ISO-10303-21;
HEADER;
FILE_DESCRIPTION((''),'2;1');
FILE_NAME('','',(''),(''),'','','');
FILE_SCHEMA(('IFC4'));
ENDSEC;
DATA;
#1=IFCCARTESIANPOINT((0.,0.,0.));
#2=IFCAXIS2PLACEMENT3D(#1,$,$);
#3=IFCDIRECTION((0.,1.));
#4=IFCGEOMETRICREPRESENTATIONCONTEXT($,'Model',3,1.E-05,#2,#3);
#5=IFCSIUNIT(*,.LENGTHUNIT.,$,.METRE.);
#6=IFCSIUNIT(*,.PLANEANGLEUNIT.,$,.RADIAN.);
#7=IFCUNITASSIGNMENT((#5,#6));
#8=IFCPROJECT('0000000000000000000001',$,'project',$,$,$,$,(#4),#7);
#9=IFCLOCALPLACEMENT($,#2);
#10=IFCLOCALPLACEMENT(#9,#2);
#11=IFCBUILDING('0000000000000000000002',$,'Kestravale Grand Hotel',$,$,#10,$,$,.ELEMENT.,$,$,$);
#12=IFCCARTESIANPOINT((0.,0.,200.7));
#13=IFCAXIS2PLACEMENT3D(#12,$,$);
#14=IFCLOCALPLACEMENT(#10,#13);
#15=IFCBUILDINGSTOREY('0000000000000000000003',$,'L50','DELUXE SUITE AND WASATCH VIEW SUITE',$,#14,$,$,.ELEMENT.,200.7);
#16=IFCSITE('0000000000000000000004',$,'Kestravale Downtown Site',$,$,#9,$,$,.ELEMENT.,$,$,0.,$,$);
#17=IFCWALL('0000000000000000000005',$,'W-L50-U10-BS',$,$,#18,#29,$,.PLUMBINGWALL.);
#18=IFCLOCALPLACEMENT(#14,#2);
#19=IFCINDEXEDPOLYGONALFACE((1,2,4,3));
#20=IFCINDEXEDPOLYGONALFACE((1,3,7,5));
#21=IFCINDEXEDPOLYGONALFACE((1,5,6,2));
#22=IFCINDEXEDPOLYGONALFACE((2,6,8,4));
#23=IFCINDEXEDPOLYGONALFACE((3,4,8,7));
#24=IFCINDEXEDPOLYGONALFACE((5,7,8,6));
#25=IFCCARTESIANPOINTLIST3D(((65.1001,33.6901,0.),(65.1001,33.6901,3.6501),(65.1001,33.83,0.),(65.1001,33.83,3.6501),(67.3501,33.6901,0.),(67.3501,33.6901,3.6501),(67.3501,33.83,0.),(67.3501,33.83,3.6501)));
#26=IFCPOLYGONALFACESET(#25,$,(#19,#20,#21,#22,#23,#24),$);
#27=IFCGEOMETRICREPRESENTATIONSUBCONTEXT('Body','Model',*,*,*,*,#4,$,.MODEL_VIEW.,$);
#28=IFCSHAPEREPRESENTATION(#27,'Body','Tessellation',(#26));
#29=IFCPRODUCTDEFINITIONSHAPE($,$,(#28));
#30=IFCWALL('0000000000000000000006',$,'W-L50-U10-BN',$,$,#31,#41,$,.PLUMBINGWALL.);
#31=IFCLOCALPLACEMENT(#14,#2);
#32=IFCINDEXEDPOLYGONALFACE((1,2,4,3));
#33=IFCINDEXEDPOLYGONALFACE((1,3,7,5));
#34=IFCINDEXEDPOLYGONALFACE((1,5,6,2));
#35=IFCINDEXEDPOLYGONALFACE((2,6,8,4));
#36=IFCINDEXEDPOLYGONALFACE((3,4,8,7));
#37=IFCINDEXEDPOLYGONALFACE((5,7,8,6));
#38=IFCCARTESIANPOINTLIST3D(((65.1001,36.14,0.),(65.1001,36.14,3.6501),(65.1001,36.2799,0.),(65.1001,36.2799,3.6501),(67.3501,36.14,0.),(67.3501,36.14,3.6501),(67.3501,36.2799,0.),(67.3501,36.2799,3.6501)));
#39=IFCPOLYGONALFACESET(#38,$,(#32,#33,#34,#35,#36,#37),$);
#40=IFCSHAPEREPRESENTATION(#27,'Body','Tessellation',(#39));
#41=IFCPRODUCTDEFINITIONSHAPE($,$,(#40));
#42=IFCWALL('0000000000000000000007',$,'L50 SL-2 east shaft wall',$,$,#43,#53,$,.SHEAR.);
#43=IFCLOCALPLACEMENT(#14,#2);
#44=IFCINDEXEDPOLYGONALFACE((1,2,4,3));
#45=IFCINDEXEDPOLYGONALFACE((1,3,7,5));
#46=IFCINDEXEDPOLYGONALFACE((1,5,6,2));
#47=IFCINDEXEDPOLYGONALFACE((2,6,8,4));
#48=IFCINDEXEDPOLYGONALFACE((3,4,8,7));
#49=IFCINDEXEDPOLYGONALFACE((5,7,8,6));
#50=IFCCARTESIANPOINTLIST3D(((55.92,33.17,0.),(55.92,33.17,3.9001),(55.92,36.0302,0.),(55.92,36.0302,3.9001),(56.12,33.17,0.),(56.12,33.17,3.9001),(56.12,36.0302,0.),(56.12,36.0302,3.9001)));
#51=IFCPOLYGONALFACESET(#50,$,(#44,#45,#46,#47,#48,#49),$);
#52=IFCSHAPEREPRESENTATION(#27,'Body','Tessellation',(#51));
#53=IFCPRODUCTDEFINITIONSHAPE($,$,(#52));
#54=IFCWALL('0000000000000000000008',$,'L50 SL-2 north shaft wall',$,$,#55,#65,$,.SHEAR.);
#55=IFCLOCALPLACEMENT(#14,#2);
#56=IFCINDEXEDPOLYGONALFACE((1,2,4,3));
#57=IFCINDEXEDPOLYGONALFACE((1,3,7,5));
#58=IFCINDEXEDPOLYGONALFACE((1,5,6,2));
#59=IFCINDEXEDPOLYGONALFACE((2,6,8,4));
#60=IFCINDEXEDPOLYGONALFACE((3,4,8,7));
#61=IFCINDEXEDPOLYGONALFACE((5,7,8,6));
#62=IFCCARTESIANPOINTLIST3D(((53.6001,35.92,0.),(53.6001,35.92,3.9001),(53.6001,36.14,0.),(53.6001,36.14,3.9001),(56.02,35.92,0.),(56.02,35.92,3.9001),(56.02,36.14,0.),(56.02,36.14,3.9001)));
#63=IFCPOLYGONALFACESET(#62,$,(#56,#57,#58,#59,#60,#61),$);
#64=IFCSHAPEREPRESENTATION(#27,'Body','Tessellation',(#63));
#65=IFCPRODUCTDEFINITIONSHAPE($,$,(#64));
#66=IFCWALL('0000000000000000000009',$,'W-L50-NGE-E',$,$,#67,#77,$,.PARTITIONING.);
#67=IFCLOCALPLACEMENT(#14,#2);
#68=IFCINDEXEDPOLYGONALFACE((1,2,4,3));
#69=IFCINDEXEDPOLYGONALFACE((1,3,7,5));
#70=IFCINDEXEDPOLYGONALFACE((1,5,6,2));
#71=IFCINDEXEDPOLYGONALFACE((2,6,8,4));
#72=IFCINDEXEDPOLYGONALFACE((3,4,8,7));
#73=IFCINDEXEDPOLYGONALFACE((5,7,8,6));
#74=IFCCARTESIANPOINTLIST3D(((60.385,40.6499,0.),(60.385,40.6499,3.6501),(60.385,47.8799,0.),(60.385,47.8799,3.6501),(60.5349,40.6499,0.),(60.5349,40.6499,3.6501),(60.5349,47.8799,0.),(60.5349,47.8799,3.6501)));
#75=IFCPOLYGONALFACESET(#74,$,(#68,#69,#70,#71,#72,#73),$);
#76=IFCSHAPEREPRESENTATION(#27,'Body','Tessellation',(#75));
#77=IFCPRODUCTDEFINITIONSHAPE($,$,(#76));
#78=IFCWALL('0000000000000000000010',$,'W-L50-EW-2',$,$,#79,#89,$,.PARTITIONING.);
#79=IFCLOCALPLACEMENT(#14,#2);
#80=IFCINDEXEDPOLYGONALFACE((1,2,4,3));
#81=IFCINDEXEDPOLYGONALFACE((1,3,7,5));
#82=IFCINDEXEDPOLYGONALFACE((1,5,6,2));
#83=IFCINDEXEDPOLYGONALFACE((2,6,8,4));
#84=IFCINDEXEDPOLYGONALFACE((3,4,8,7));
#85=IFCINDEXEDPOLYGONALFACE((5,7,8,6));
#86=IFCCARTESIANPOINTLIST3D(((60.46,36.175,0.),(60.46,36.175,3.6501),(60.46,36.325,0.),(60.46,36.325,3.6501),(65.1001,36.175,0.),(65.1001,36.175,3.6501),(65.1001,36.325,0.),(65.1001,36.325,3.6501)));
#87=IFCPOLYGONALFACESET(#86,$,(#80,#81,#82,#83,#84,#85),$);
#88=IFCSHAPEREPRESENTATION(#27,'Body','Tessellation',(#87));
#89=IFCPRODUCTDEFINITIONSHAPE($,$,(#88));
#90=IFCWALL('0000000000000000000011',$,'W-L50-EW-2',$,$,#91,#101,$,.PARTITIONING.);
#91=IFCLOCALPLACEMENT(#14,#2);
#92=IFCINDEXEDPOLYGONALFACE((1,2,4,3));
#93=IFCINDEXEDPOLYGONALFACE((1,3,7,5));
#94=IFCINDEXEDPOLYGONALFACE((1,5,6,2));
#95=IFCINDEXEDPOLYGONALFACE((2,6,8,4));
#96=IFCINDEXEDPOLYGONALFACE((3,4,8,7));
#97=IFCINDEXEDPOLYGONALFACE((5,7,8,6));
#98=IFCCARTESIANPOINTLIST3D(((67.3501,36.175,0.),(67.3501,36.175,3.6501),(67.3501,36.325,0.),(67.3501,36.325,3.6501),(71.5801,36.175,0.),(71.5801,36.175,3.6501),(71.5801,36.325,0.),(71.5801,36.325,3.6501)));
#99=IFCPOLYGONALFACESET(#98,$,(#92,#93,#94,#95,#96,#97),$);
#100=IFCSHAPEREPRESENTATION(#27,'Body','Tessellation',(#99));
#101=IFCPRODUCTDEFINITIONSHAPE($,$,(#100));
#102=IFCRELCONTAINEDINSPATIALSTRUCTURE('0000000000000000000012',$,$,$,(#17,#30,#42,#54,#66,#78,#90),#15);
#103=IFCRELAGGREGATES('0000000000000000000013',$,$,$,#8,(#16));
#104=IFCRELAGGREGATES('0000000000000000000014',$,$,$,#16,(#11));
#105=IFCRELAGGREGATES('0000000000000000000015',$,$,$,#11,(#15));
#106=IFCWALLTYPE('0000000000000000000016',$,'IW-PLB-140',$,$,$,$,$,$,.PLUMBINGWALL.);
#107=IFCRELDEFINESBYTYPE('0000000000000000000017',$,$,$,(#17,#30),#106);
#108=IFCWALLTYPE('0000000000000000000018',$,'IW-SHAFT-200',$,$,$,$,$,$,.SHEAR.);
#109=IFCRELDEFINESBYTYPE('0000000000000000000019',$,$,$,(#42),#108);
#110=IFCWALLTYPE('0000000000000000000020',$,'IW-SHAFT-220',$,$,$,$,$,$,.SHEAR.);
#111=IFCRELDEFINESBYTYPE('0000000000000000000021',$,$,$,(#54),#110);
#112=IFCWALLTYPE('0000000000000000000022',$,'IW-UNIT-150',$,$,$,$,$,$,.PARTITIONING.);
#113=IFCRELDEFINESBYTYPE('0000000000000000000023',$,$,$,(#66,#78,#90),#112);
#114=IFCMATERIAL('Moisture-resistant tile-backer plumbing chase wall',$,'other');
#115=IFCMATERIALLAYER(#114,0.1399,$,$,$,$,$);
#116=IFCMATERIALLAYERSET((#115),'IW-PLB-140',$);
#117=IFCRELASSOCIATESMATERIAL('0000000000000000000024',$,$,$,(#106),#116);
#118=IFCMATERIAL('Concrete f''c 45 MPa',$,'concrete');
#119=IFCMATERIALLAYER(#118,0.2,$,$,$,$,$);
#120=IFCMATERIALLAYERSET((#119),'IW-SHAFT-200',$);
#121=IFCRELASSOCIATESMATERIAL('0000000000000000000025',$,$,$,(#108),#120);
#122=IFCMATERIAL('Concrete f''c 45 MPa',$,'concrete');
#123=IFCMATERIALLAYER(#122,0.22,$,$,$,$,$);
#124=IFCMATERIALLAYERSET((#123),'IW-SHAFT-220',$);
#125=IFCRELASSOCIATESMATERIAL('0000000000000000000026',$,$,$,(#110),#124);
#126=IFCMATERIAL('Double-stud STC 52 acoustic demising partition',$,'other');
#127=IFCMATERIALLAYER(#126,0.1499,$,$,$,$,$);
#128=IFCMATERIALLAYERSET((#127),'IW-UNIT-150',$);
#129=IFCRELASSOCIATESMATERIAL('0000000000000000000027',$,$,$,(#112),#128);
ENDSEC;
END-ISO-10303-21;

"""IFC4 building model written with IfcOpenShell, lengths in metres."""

from ifc_helpers import new_model, si_unit, direction, frame, frame_2d, origin, place, context, subcontext, project, spatial, rectangle, extrude, material, layer, layer_set, type_object, element, save


model = new_model("IFC4")

# Units and contexts
model_context = context("Model", 3, precision=1e-05, world=origin(), true_north=direction((0.0, 1.0)))
body_context = subcontext(model_context, "Body", "Model", "MODEL_VIEW")
ifc_project = project(units=[si_unit("LENGTHUNIT", "METRE"), si_unit("PLANEANGLEUNIT", "RADIAN")], contexts=[model_context])

# Site, building, storey
site_placement = place(None, origin())
site = spatial("IfcSite", under=ifc_project, at=site_placement, Name="Kestravale Downtown Site", CompositionType="ELEMENT", RefElevation=0.0)
building_placement = place(site_placement, origin())
building = spatial("IfcBuilding", under=site, at=building_placement, Name="Kestravale Grand Hotel", CompositionType="ELEMENT")
storey_placement = place(building_placement, frame((0.0, 0.0, 200.7)))
storey = spatial("IfcBuildingStorey", under=building, at=storey_placement, Name="L50", Description="DELUXE SUITE AND WASATCH VIEW SUITE", CompositionType="ELEMENT", Elevation=200.7)

# Shared definitions
ifc_material_1 = material(Name="Moisture-resistant tile-backer plumbing chase wall", Category="other")
ifc_layer_1 = layer(ifc_material_1, 0.1399)
ifc_layer_set_1 = layer_set([ifc_layer_1], Name="IW-PLB-140")
wall_type_1 = type_object("IfcWallType", Name="IW-PLB-140", PredefinedType="PLUMBINGWALL", material=ifc_layer_set_1)

# Walls
for number, where, z_axis, x_axis, name in (
    (1, (65.1001, 33.76, 0.0), (0.0, 0.0, 1.0), (1.0, 0.0, 0.0), "W-L50-U10-BS"),
    (2, (65.1001, 36.21, 0.0), (0.0, 0.0, 1.0), (1.0, 0.0, 0.0), "W-L50-U10-BN"),
):
    element("IfcWall", number, at=place(storey_placement, frame(where, z_axis=z_axis, x_axis=x_axis)), inside=storey, type_object=wall_type_1, Name=name, PredefinedType="PLUMBINGWALL", context=body_context, shape_type="SweptSolid", body=[
        extrude(rectangle(XDim=2.25, YDim=0.1399, at=frame_2d((1.125, 0.0))), origin(), (0.0, 0.0, 1.0), 3.6501),
    ])
ifc_material_2 = material(Name="Concrete f'c 45 MPa", Category="concrete")
ifc_layer_2 = layer(ifc_material_2, 0.2)
ifc_layer_set_2 = layer_set([ifc_layer_2], Name="IW-SHAFT-200")
wall_type_2 = type_object("IfcWallType", Name="IW-SHAFT-200", PredefinedType="SHEAR", material=ifc_layer_set_2)
wall_1_placement = place(storey_placement, frame((56.02, 33.1699, 0.0), z_axis=(0.0, 0.0, 1.0), x_axis=(0.0, 1.0, 0.0)))
element("IfcWall", 3, at=wall_1_placement, inside=storey, type_object=wall_type_2, Name="L50 SL-2 east shaft wall", PredefinedType="SHEAR", context=body_context, shape_type="SweptSolid", body=[
    extrude(rectangle(XDim=2.8601, YDim=0.2, at=frame_2d((1.4302, 0.0))), origin(), (0.0, 0.0, 1.0), 3.9001),
])
ifc_material_3 = material(Name="Concrete f'c 45 MPa", Category="concrete")
ifc_layer_3 = layer(ifc_material_3, 0.22)
ifc_layer_set_3 = layer_set([ifc_layer_3], Name="IW-SHAFT-220")
wall_type_3 = type_object("IfcWallType", Name="IW-SHAFT-220", PredefinedType="SHEAR", material=ifc_layer_set_3)
wall_2_placement = place(storey_placement, frame((53.6001, 36.03, 0.0), z_axis=(0.0, 0.0, 1.0), x_axis=(1.0, 0.0, 0.0)))
element("IfcWall", 4, at=wall_2_placement, inside=storey, type_object=wall_type_3, Name="L50 SL-2 north shaft wall", PredefinedType="SHEAR", context=body_context, shape_type="SweptSolid", body=[
    extrude(rectangle(XDim=2.4199, YDim=0.22, at=frame_2d((1.21, 0.0))), origin(), (0.0, 0.0, 1.0), 3.9001),
])

# Shared definitions
ifc_material_4 = material(Name="Double-stud STC 52 acoustic demising partition", Category="other")
ifc_layer_4 = layer(ifc_material_4, 0.1499)
ifc_layer_set_4 = layer_set([ifc_layer_4], Name="IW-UNIT-150")
wall_type_4 = type_object("IfcWallType", Name="IW-UNIT-150", PredefinedType="PARTITIONING", material=ifc_layer_set_4)

# Walls
wall_3_placement = place(storey_placement, frame((60.46, 40.6499, 0.0), z_axis=(0.0, 0.0, 1.0), x_axis=(0.0, 1.0, 0.0)))
element("IfcWall", 5, at=wall_3_placement, inside=storey, type_object=wall_type_4, Name="W-L50-NGE-E", PredefinedType="PARTITIONING", context=body_context, shape_type="SweptSolid", body=[
    extrude(rectangle(XDim=7.23, YDim=0.1499, at=frame_2d((3.615, 0.0))), origin(), (0.0, 0.0, 1.0), 3.6501),
])
wall_4_placement = place(storey_placement, frame((60.46, 36.25, 0.0), z_axis=(0.0, 0.0, 1.0), x_axis=(1.0, 0.0, 0.0)))
element("IfcWall", 6, at=wall_4_placement, inside=storey, type_object=wall_type_4, Name="W-L50-EW-2", PredefinedType="PARTITIONING", context=body_context, shape_type="SweptSolid", body=[
    extrude(rectangle(XDim=4.6401, YDim=0.1499, at=frame_2d((2.3201, 0.0))), origin(), (0.0, 0.0, 1.0), 3.6501),
])
wall_5_placement = place(storey_placement, frame((67.3501, 36.25, 0.0), z_axis=(0.0, 0.0, 1.0), x_axis=(1.0, 0.0, 0.0)))
element("IfcWall", 7, at=wall_5_placement, inside=storey, type_object=wall_type_4, Name="W-L50-EW-2", PredefinedType="PARTITIONING", context=body_context, shape_type="SweptSolid", body=[
    extrude(rectangle(XDim=4.23, YDim=0.1499, at=frame_2d((2.115, 0.0))), origin(), (0.0, 0.0, 1.0), 3.6501),
])

save(model, "model.ifc")
